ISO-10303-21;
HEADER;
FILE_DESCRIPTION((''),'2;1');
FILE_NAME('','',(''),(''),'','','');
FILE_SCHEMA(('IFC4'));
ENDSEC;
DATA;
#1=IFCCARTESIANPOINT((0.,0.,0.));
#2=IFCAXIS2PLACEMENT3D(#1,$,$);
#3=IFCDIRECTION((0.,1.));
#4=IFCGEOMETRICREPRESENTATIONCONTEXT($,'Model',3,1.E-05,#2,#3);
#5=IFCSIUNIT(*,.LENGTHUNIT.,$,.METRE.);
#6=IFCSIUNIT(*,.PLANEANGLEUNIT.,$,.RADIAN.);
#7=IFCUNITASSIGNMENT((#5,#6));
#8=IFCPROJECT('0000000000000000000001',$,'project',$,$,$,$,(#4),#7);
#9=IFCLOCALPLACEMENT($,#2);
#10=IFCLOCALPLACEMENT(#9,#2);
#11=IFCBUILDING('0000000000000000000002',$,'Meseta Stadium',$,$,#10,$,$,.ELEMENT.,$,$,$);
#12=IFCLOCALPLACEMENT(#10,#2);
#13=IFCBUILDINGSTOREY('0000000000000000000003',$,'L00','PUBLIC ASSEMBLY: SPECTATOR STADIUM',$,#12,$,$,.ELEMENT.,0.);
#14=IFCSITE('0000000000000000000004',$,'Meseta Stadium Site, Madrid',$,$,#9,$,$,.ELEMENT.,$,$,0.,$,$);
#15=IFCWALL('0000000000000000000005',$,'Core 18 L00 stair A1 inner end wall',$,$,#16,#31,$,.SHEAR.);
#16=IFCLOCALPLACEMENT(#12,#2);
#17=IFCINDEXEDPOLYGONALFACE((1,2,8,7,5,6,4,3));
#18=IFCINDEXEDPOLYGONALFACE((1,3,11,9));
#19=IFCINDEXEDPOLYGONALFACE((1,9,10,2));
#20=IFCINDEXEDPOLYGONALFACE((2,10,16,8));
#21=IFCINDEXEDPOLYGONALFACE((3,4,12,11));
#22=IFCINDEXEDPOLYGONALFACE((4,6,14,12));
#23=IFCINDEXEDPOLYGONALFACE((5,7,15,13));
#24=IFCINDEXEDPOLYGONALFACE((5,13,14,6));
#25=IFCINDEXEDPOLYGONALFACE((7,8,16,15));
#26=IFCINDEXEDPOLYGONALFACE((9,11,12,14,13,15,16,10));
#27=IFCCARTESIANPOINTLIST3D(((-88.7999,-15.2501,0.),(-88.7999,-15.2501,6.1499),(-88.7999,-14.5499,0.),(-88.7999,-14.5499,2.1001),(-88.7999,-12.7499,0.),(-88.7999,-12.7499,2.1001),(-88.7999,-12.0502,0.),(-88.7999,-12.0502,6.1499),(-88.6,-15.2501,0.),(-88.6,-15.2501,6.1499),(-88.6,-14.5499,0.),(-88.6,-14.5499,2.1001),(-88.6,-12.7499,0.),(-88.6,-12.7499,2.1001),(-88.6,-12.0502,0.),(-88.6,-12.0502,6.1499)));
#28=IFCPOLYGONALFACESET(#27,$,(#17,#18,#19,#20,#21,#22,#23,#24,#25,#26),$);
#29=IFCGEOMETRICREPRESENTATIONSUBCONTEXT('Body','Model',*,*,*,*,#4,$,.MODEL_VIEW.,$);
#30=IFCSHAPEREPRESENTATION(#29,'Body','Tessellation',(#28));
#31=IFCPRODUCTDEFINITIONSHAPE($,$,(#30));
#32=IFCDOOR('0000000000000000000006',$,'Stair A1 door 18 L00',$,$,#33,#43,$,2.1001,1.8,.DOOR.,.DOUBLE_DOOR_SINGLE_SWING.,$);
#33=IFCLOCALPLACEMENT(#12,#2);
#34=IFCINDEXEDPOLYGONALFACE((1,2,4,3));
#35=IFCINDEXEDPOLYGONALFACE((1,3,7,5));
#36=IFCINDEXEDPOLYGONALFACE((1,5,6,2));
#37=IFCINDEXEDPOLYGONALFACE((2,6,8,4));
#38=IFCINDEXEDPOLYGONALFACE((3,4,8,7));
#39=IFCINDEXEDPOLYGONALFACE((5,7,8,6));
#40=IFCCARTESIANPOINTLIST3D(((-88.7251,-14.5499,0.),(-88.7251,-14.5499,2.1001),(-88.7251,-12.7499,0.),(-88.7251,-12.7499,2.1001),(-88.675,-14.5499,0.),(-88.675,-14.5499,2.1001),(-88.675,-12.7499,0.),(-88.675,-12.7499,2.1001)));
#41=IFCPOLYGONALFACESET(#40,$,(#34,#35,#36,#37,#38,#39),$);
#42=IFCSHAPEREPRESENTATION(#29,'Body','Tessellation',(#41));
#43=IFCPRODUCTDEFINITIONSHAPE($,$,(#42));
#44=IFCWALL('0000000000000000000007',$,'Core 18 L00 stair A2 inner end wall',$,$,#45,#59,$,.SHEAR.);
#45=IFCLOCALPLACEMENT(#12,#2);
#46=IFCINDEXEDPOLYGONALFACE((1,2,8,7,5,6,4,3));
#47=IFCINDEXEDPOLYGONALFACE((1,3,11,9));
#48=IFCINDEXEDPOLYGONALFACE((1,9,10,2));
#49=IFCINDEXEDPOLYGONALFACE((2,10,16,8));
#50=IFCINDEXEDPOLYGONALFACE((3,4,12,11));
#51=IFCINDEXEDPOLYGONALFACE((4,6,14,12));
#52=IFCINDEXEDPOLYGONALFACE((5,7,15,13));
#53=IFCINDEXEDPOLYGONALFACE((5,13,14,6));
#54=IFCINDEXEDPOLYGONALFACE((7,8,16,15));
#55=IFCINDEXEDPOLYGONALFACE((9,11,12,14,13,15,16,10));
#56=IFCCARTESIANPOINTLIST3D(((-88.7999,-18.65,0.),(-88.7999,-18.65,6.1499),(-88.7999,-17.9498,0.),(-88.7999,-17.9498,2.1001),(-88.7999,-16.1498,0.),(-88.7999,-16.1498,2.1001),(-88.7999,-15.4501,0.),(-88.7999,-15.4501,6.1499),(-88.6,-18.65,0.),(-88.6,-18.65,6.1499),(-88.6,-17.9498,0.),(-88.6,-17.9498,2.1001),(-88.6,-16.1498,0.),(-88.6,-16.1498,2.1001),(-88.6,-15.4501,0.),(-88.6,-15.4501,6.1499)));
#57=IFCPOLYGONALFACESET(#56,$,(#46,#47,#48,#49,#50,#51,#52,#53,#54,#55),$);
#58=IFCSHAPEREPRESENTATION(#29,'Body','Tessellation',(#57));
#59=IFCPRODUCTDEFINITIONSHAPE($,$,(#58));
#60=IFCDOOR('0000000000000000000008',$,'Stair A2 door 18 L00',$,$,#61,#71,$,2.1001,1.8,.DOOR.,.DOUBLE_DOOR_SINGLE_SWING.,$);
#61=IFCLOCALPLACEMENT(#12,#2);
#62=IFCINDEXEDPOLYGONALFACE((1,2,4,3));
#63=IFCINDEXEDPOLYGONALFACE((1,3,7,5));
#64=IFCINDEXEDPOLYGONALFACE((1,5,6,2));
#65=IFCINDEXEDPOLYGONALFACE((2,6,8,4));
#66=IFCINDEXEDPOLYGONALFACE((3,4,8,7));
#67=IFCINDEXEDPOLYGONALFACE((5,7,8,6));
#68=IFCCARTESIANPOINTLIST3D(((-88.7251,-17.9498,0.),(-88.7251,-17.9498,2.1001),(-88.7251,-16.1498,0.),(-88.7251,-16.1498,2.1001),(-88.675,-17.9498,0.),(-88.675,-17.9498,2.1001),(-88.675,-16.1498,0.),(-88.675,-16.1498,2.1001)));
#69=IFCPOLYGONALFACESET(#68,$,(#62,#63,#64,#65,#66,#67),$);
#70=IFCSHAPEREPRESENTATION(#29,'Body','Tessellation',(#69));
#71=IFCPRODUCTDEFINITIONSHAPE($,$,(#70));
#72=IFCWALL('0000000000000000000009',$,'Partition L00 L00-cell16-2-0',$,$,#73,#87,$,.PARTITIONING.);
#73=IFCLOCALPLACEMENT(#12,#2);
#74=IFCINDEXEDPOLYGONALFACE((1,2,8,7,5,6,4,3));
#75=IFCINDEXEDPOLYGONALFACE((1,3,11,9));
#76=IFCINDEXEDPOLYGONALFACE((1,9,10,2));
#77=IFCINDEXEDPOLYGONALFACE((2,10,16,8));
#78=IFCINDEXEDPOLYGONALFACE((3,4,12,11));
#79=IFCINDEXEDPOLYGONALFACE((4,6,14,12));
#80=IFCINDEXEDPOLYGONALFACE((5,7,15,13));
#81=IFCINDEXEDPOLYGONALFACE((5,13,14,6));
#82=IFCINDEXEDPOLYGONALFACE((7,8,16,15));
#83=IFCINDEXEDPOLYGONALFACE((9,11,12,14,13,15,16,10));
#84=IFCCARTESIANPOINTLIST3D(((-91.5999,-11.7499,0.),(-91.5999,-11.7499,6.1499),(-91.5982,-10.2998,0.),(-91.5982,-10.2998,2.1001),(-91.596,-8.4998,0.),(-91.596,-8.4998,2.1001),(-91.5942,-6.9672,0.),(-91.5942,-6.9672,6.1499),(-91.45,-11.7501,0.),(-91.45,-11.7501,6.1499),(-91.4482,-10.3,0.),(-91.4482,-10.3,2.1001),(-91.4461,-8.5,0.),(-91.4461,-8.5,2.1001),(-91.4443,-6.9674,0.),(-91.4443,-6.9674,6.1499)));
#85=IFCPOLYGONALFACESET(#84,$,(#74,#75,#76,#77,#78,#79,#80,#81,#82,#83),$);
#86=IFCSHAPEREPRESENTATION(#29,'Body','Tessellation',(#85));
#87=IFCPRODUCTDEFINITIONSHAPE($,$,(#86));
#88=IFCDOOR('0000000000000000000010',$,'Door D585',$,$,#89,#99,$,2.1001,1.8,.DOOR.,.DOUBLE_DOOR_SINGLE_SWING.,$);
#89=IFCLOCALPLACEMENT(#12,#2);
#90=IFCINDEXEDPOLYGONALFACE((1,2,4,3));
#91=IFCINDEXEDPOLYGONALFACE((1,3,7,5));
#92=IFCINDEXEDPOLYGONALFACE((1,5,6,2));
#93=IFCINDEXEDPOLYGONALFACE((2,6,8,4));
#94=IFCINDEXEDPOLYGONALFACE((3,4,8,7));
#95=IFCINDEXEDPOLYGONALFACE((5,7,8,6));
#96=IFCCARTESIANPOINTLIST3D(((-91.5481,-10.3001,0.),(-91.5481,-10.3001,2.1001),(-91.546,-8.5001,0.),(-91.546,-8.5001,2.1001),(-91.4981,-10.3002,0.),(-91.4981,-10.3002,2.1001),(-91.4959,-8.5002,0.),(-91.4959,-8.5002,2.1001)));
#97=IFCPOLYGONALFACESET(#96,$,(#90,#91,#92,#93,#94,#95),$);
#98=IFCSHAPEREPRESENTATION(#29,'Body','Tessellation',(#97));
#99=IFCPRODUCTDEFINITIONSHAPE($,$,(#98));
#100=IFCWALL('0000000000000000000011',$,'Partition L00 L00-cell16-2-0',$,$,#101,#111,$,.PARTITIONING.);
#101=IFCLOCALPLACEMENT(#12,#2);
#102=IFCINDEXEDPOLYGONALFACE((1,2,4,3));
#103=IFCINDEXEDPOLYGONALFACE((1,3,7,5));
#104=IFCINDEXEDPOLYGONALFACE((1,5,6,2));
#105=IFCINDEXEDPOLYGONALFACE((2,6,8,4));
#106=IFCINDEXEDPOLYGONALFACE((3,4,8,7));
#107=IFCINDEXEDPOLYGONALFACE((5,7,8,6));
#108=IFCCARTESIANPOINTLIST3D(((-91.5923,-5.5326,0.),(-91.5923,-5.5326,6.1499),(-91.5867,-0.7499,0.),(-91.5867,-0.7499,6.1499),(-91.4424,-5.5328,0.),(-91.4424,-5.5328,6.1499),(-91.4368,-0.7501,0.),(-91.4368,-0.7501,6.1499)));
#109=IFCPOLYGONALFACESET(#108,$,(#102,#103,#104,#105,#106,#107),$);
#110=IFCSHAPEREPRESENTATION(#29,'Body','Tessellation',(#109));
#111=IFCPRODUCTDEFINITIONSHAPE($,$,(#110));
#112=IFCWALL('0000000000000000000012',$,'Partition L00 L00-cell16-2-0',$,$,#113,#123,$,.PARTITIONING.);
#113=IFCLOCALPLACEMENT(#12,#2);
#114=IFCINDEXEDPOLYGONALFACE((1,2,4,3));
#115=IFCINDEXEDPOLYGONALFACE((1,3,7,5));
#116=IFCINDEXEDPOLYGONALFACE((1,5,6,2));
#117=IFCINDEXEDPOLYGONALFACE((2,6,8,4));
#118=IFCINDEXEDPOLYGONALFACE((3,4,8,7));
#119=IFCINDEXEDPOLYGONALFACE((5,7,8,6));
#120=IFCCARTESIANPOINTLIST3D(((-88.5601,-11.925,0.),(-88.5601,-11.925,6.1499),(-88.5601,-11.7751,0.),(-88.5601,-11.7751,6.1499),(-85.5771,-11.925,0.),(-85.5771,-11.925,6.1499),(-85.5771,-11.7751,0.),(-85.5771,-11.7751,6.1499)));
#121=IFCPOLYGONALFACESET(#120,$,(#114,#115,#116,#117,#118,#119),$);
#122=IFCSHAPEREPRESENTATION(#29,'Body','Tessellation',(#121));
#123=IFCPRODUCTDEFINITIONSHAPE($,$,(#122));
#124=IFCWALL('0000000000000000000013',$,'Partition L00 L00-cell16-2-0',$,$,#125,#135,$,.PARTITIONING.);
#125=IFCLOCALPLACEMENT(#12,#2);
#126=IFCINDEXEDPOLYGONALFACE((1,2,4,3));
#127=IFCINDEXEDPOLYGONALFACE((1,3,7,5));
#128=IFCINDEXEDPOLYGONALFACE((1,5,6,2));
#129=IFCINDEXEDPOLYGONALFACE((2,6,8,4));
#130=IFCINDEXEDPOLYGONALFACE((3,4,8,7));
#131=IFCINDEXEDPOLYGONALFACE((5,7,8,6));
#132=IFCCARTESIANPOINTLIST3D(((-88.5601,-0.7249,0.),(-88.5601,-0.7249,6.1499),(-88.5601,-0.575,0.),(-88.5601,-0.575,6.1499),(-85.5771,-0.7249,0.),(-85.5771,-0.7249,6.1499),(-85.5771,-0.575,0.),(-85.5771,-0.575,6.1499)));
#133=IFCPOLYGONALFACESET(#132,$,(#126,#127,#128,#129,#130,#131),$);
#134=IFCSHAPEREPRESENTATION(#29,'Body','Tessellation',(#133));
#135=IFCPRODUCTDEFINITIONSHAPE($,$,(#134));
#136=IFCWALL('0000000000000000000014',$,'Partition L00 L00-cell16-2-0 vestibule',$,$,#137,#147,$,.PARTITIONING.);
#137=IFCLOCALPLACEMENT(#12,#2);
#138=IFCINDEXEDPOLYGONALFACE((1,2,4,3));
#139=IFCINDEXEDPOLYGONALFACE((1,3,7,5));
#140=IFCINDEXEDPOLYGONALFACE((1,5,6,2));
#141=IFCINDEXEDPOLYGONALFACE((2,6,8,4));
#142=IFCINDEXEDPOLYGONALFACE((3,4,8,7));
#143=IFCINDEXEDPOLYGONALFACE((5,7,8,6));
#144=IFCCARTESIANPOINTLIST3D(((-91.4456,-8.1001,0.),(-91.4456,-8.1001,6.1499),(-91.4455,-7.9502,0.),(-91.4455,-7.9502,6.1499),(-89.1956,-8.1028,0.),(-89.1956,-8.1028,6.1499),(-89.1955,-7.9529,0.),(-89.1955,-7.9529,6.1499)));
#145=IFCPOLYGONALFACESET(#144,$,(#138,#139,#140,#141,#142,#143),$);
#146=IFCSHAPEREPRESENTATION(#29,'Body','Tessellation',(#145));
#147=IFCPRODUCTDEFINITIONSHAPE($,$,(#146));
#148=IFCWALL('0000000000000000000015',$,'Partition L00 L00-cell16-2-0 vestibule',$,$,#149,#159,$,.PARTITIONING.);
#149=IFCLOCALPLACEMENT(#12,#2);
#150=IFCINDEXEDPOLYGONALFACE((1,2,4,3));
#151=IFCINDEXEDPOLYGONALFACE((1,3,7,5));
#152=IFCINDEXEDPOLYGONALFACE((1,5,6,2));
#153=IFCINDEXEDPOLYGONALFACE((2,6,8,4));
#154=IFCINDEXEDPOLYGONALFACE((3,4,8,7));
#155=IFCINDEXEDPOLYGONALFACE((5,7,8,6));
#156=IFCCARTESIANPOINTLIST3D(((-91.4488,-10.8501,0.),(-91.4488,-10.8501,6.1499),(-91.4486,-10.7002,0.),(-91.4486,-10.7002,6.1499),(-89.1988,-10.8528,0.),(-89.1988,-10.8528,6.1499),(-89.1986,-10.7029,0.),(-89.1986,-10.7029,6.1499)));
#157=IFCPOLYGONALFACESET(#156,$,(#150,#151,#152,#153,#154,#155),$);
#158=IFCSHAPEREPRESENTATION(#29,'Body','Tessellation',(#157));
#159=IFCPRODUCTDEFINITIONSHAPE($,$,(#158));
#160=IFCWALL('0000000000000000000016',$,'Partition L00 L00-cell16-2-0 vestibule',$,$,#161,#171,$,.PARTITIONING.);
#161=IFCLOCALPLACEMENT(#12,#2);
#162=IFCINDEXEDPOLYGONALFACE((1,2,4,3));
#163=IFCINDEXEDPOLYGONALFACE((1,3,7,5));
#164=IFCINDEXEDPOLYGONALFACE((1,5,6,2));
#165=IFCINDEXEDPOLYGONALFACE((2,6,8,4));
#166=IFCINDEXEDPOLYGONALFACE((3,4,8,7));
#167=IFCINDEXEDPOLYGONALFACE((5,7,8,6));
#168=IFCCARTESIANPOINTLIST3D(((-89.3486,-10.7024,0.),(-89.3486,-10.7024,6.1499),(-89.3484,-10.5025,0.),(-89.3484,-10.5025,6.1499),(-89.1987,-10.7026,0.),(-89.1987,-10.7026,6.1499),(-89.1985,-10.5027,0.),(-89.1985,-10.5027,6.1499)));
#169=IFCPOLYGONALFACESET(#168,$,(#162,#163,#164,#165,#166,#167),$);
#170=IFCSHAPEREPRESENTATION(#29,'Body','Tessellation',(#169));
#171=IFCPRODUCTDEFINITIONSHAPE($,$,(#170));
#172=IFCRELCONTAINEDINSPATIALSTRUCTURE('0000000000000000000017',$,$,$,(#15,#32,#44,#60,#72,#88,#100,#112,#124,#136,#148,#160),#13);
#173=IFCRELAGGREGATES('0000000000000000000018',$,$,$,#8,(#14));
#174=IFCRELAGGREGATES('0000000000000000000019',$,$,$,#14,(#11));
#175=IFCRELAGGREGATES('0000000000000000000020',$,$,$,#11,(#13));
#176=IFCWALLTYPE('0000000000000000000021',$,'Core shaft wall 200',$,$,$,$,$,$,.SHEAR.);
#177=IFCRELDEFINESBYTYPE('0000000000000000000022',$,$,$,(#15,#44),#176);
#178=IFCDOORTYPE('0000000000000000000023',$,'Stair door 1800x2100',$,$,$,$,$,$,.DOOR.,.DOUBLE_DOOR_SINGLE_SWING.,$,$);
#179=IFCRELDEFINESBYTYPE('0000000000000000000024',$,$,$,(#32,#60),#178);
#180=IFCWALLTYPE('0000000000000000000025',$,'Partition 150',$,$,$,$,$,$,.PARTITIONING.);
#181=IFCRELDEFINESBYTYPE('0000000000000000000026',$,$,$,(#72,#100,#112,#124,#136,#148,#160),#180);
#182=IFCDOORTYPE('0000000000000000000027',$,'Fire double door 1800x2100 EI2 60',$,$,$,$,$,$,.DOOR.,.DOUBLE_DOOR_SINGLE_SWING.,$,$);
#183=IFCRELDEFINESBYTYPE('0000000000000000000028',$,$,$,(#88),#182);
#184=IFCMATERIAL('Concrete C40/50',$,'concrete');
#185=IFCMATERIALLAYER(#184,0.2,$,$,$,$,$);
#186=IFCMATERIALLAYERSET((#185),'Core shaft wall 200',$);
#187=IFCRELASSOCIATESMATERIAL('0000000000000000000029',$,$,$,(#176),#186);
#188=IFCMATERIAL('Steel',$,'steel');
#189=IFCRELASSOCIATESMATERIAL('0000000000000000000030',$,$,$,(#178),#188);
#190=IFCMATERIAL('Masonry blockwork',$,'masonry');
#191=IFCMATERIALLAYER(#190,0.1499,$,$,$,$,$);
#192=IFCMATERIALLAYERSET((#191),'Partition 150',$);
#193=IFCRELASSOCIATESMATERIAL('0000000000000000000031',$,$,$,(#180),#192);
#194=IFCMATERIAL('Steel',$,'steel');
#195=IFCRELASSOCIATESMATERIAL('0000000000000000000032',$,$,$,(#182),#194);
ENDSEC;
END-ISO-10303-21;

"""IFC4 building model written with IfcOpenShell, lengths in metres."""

from ifc_helpers import new_model, si_unit, direction, frame, frame_2d, origin, place, context, subcontext, project, spatial, rectangle, extrude, material, layer, layer_set, type_object, element, fill, save


model = new_model("IFC4")

# Units and contexts
model_context = context("Model", 3, precision=1e-05, world=origin(), true_north=direction((0.0, 1.0)))
body_context = subcontext(model_context, "Body", "Model", "MODEL_VIEW")
ifc_project = project(units=[si_unit("LENGTHUNIT", "METRE"), si_unit("PLANEANGLEUNIT", "RADIAN")], contexts=[model_context])

# Site, building, storey
site_placement = place(None, origin())
site = spatial("IfcSite", under=ifc_project, at=site_placement, Name="Meseta Stadium Site, Madrid", CompositionType="ELEMENT", RefElevation=0.0)
building_placement = place(site_placement, origin())
building = spatial("IfcBuilding", under=site, at=building_placement, Name="Meseta Stadium", CompositionType="ELEMENT")
storey_placement = place(building_placement, origin())
storey = spatial("IfcBuildingStorey", under=building, at=storey_placement, Name="L00", Description="PUBLIC ASSEMBLY: SPECTATOR STADIUM", CompositionType="ELEMENT", Elevation=0.0)

# Walls, openings, doors
ifc_material_1 = material(Name="Concrete C40/50", Category="concrete")
ifc_layer_1 = layer(ifc_material_1, 0.2)
ifc_layer_set_1 = layer_set([ifc_layer_1], Name="Core shaft wall 200")
wall_type_1 = type_object("IfcWallType", Name="Core shaft wall 200", PredefinedType="SHEAR", material=ifc_layer_set_1)
wall_1_placement = place(storey_placement, frame((-88.7, -12.05, 0.0), z_axis=(0.0, 0.0, 1.0), x_axis=(0.0, -1.0, 0.0)))
wall_1 = element("IfcWall", 1, at=wall_1_placement, inside=storey, type_object=wall_type_1, Name="Core 18 L00 stair A1 inner end wall", PredefinedType="SHEAR", context=body_context, shape_type="SweptSolid", body=[
    extrude(rectangle(XDim=3.2, YDim=0.2, at=frame_2d((1.6001, 0.0))), origin(), (0.0, 0.0, 1.0), 6.1499),
])
opening_1_placement = place(wall_1_placement, frame((0.7, 0.0, 0.0)))
opening_1 = element("IfcOpeningElement", 2, at=opening_1_placement, cuts=wall_1, PredefinedType="OPENING", context=body_context, shape_type="SweptSolid", body=[
    extrude(rectangle(XDim=1.8, YDim=2.1001, at=frame_2d((0.8999, 1.05))), frame((0.0, 0.1099, 0.0), z_axis=(0.0, -1.0, 0.0), x_axis=(1.0, 0.0, 0.0)), (0.0, 0.0, 1.0), 0.22),
])
ifc_material_2 = material(Name="Steel", Category="steel")
door_type_1 = type_object("IfcDoorType", Name="Stair door 1800x2100", OperationType="DOUBLE_DOOR_SINGLE_SWING", PredefinedType="DOOR", material=ifc_material_2)
door_1_placement = place(opening_1_placement, origin())
door_1 = element("IfcDoor", 3, at=door_1_placement, inside=storey, type_object=door_type_1, Name="Stair A1 door 18 L00", OperationType="DOUBLE_DOOR_SINGLE_SWING", OverallHeight=2.1001, OverallWidth=1.8, PredefinedType="DOOR", context=body_context, shape_type="SweptSolid", body=[
    extrude(rectangle(XDim=1.8, YDim=2.1001, at=frame_2d((0.8999, 1.05))), frame((0.0, 0.0249, 0.0), z_axis=(0.0, -1.0, 0.0), x_axis=(1.0, 0.0, 0.0)), (0.0, 0.0, 1.0), 0.05),
])
fill(opening_1, door_1)
wall_2_placement = place(storey_placement, frame((-88.7, -15.45, 0.0), z_axis=(0.0, 0.0, 1.0), x_axis=(0.0, -1.0, 0.0)))
wall_2 = element("IfcWall", 4, at=wall_2_placement, inside=storey, type_object=wall_type_1, Name="Core 18 L00 stair A2 inner end wall", PredefinedType="SHEAR", context=body_context, shape_type="SweptSolid", body=[
    extrude(rectangle(XDim=3.2, YDim=0.2, at=frame_2d((1.6001, 0.0))), origin(), (0.0, 0.0, 1.0), 6.1499),
])
opening_2_placement = place(wall_2_placement, frame((0.7, 0.0, 0.0)))
opening_2 = element("IfcOpeningElement", 5, at=opening_2_placement, cuts=wall_2, PredefinedType="OPENING", context=body_context, shape_type="SweptSolid", body=[
    extrude(rectangle(XDim=1.8, YDim=2.1001, at=frame_2d((0.8999, 1.05))), frame((0.0, 0.1099, 0.0), z_axis=(0.0, -1.0, 0.0), x_axis=(1.0, 0.0, 0.0)), (0.0, 0.0, 1.0), 0.22),
])
door_2_placement = place(opening_2_placement, origin())
door_2 = element("IfcDoor", 6, at=door_2_placement, inside=storey, type_object=door_type_1, Name="Stair A2 door 18 L00", OperationType="DOUBLE_DOOR_SINGLE_SWING", OverallHeight=2.1001, OverallWidth=1.8, PredefinedType="DOOR", context=body_context, shape_type="SweptSolid", body=[
    extrude(rectangle(XDim=1.8, YDim=2.1001, at=frame_2d((0.8999, 1.05))), frame((0.0, 0.0249, 0.0), z_axis=(0.0, -1.0, 0.0), x_axis=(1.0, 0.0, 0.0)), (0.0, 0.0, 1.0), 0.05),
])
fill(opening_2, door_2)
ifc_material_3 = material(Name="Masonry blockwork", Category="masonry")
ifc_layer_2 = layer(ifc_material_3, 0.1499)
ifc_layer_set_2 = layer_set([ifc_layer_2], Name="Partition 150")
wall_type_2 = type_object("IfcWallType", Name="Partition 150", PredefinedType="PARTITIONING", material=ifc_layer_set_2)
wall_3_placement = place(storey_placement, frame((-91.5193, -6.9673, 0.0), z_axis=(0.0, 0.0, 1.0), x_axis=(-0.001174, -0.999999, 0.0)))
wall_3 = element("IfcWall", 7, at=wall_3_placement, inside=storey, type_object=wall_type_2, Name="Partition L00 L00-cell16-2-0", PredefinedType="PARTITIONING", context=body_context, shape_type="SweptSolid", body=[
    extrude(rectangle(XDim=4.7827, YDim=0.1499, at=frame_2d((2.3914, 0.0))), origin(), (0.0, 0.0, 1.0), 6.1499),
])
opening_3_placement = place(wall_3_placement, frame((1.5327, 0.0, 0.0)))
opening_3 = element("IfcOpeningElement", 8, at=opening_3_placement, cuts=wall_3, PredefinedType="OPENING", context=body_context, shape_type="SweptSolid", body=[
    extrude(rectangle(XDim=1.8, YDim=2.1001, at=frame_2d((0.8999, 1.05))), frame((0.0, 0.085, 0.0), z_axis=(0.0, -1.0, 0.0), x_axis=(1.0, 0.0, 0.0)), (0.0, 0.0, 1.0), 0.1699),
])
ifc_material_4 = material(Name="Steel", Category="steel")
door_type_2 = type_object("IfcDoorType", Name="Fire double door 1800x2100 EI2 60", OperationType="DOUBLE_DOOR_SINGLE_SWING", PredefinedType="DOOR", material=ifc_material_4)
door_3_placement = place(opening_3_placement, frame((1.8, 0.0, 0.0), z_axis=(0.0, 0.0, 1.0), x_axis=(-1.0, 0.0, 0.0)))
door_3 = element("IfcDoor", 9, at=door_3_placement, inside=storey, type_object=door_type_2, Name="Door D585", OperationType="DOUBLE_DOOR_SINGLE_SWING", OverallHeight=2.1001, OverallWidth=1.8, PredefinedType="DOOR", context=body_context, shape_type="SweptSolid", body=[
    extrude(rectangle(XDim=1.8, YDim=2.1001, at=frame_2d((0.8999, 1.05))), frame((0.0, 0.0249, 0.0), z_axis=(0.0, -1.0, 0.0), x_axis=(1.0, 0.0, 0.0)), (0.0, 0.0, 1.0), 0.05),
])
fill(opening_3, door_3)

# Walls
wall_4_placement = place(storey_placement, frame((-91.5173, -5.5327, 0.0), z_axis=(0.0, 0.0, 1.0), x_axis=(0.001174, 0.999999, 0.0)))
element("IfcWall", 10, at=wall_4_placement, inside=storey, type_object=wall_type_2, Name="Partition L00 L00-cell16-2-0", PredefinedType="PARTITIONING", context=body_context, shape_type="SweptSolid", body=[
    extrude(rectangle(XDim=4.7827, YDim=0.1499, at=frame_2d((2.3914, 0.0))), origin(), (0.0, 0.0, 1.0), 6.1499),
])
for number, where, z_axis, x_axis, name in (
    (11, (-85.5771, -11.8501, 0.0), (0.0, 0.0, 1.0), (-1.0, 0.0, 0.0), "Partition L00 L00-cell16-2-0"),
    (12, (-88.5601, -0.6499, 0.0), (0.0, 0.0, 1.0), (1.0, 0.0, 0.0), "Partition L00 L00-cell16-2-0"),
):
    element("IfcWall", number, at=place(storey_placement, frame(where, z_axis=z_axis, x_axis=x_axis)), inside=storey, type_object=wall_type_2, Name=name, PredefinedType="PARTITIONING", context=body_context, shape_type="SweptSolid", body=[
        extrude(rectangle(XDim=2.9829, YDim=0.1499, at=frame_2d((1.4915, 0.0))), origin(), (0.0, 0.0, 1.0), 6.1499),
    ])
for number, where, z_axis, x_axis, name in (
    (13, (-91.4456, -8.0251, 0.0), (0.0, 0.0, 1.0), (0.999999, -0.001194, 0.0), "Partition L00 L00-cell16-2-0 vestibule"),
    (14, (-91.4487, -10.7751, 0.0), (0.0, 0.0, 1.0), (0.999999, -0.001194, 0.0), "Partition L00 L00-cell16-2-0 vestibule"),
):
    element("IfcWall", number, at=place(storey_placement, frame(where, z_axis=z_axis, x_axis=x_axis)), inside=storey, type_object=wall_type_2, Name=name, PredefinedType="PARTITIONING", context=body_context, shape_type="SweptSolid", body=[
        extrude(rectangle(XDim=2.25, YDim=0.1499, at=frame_2d((1.125, 0.0))), origin(), (0.0, 0.0, 1.0), 6.1499),
    ])
wall_5_placement = place(storey_placement, frame((-89.2737, -10.7026, 0.0), z_axis=(0.0, 0.0, 1.0), x_axis=(0.001221, 0.999999, 0.0)))
element("IfcWall", 15, at=wall_5_placement, inside=storey, type_object=wall_type_2, Name="Partition L00 L00-cell16-2-0 vestibule", PredefinedType="PARTITIONING", context=body_context, shape_type="SweptSolid", body=[
    extrude(rectangle(XDim=0.2, YDim=0.1499, at=frame_2d((0.1001, 0.0))), origin(), (0.0, 0.0, 1.0), 6.1499),
])

save(model, "model.ifc")
